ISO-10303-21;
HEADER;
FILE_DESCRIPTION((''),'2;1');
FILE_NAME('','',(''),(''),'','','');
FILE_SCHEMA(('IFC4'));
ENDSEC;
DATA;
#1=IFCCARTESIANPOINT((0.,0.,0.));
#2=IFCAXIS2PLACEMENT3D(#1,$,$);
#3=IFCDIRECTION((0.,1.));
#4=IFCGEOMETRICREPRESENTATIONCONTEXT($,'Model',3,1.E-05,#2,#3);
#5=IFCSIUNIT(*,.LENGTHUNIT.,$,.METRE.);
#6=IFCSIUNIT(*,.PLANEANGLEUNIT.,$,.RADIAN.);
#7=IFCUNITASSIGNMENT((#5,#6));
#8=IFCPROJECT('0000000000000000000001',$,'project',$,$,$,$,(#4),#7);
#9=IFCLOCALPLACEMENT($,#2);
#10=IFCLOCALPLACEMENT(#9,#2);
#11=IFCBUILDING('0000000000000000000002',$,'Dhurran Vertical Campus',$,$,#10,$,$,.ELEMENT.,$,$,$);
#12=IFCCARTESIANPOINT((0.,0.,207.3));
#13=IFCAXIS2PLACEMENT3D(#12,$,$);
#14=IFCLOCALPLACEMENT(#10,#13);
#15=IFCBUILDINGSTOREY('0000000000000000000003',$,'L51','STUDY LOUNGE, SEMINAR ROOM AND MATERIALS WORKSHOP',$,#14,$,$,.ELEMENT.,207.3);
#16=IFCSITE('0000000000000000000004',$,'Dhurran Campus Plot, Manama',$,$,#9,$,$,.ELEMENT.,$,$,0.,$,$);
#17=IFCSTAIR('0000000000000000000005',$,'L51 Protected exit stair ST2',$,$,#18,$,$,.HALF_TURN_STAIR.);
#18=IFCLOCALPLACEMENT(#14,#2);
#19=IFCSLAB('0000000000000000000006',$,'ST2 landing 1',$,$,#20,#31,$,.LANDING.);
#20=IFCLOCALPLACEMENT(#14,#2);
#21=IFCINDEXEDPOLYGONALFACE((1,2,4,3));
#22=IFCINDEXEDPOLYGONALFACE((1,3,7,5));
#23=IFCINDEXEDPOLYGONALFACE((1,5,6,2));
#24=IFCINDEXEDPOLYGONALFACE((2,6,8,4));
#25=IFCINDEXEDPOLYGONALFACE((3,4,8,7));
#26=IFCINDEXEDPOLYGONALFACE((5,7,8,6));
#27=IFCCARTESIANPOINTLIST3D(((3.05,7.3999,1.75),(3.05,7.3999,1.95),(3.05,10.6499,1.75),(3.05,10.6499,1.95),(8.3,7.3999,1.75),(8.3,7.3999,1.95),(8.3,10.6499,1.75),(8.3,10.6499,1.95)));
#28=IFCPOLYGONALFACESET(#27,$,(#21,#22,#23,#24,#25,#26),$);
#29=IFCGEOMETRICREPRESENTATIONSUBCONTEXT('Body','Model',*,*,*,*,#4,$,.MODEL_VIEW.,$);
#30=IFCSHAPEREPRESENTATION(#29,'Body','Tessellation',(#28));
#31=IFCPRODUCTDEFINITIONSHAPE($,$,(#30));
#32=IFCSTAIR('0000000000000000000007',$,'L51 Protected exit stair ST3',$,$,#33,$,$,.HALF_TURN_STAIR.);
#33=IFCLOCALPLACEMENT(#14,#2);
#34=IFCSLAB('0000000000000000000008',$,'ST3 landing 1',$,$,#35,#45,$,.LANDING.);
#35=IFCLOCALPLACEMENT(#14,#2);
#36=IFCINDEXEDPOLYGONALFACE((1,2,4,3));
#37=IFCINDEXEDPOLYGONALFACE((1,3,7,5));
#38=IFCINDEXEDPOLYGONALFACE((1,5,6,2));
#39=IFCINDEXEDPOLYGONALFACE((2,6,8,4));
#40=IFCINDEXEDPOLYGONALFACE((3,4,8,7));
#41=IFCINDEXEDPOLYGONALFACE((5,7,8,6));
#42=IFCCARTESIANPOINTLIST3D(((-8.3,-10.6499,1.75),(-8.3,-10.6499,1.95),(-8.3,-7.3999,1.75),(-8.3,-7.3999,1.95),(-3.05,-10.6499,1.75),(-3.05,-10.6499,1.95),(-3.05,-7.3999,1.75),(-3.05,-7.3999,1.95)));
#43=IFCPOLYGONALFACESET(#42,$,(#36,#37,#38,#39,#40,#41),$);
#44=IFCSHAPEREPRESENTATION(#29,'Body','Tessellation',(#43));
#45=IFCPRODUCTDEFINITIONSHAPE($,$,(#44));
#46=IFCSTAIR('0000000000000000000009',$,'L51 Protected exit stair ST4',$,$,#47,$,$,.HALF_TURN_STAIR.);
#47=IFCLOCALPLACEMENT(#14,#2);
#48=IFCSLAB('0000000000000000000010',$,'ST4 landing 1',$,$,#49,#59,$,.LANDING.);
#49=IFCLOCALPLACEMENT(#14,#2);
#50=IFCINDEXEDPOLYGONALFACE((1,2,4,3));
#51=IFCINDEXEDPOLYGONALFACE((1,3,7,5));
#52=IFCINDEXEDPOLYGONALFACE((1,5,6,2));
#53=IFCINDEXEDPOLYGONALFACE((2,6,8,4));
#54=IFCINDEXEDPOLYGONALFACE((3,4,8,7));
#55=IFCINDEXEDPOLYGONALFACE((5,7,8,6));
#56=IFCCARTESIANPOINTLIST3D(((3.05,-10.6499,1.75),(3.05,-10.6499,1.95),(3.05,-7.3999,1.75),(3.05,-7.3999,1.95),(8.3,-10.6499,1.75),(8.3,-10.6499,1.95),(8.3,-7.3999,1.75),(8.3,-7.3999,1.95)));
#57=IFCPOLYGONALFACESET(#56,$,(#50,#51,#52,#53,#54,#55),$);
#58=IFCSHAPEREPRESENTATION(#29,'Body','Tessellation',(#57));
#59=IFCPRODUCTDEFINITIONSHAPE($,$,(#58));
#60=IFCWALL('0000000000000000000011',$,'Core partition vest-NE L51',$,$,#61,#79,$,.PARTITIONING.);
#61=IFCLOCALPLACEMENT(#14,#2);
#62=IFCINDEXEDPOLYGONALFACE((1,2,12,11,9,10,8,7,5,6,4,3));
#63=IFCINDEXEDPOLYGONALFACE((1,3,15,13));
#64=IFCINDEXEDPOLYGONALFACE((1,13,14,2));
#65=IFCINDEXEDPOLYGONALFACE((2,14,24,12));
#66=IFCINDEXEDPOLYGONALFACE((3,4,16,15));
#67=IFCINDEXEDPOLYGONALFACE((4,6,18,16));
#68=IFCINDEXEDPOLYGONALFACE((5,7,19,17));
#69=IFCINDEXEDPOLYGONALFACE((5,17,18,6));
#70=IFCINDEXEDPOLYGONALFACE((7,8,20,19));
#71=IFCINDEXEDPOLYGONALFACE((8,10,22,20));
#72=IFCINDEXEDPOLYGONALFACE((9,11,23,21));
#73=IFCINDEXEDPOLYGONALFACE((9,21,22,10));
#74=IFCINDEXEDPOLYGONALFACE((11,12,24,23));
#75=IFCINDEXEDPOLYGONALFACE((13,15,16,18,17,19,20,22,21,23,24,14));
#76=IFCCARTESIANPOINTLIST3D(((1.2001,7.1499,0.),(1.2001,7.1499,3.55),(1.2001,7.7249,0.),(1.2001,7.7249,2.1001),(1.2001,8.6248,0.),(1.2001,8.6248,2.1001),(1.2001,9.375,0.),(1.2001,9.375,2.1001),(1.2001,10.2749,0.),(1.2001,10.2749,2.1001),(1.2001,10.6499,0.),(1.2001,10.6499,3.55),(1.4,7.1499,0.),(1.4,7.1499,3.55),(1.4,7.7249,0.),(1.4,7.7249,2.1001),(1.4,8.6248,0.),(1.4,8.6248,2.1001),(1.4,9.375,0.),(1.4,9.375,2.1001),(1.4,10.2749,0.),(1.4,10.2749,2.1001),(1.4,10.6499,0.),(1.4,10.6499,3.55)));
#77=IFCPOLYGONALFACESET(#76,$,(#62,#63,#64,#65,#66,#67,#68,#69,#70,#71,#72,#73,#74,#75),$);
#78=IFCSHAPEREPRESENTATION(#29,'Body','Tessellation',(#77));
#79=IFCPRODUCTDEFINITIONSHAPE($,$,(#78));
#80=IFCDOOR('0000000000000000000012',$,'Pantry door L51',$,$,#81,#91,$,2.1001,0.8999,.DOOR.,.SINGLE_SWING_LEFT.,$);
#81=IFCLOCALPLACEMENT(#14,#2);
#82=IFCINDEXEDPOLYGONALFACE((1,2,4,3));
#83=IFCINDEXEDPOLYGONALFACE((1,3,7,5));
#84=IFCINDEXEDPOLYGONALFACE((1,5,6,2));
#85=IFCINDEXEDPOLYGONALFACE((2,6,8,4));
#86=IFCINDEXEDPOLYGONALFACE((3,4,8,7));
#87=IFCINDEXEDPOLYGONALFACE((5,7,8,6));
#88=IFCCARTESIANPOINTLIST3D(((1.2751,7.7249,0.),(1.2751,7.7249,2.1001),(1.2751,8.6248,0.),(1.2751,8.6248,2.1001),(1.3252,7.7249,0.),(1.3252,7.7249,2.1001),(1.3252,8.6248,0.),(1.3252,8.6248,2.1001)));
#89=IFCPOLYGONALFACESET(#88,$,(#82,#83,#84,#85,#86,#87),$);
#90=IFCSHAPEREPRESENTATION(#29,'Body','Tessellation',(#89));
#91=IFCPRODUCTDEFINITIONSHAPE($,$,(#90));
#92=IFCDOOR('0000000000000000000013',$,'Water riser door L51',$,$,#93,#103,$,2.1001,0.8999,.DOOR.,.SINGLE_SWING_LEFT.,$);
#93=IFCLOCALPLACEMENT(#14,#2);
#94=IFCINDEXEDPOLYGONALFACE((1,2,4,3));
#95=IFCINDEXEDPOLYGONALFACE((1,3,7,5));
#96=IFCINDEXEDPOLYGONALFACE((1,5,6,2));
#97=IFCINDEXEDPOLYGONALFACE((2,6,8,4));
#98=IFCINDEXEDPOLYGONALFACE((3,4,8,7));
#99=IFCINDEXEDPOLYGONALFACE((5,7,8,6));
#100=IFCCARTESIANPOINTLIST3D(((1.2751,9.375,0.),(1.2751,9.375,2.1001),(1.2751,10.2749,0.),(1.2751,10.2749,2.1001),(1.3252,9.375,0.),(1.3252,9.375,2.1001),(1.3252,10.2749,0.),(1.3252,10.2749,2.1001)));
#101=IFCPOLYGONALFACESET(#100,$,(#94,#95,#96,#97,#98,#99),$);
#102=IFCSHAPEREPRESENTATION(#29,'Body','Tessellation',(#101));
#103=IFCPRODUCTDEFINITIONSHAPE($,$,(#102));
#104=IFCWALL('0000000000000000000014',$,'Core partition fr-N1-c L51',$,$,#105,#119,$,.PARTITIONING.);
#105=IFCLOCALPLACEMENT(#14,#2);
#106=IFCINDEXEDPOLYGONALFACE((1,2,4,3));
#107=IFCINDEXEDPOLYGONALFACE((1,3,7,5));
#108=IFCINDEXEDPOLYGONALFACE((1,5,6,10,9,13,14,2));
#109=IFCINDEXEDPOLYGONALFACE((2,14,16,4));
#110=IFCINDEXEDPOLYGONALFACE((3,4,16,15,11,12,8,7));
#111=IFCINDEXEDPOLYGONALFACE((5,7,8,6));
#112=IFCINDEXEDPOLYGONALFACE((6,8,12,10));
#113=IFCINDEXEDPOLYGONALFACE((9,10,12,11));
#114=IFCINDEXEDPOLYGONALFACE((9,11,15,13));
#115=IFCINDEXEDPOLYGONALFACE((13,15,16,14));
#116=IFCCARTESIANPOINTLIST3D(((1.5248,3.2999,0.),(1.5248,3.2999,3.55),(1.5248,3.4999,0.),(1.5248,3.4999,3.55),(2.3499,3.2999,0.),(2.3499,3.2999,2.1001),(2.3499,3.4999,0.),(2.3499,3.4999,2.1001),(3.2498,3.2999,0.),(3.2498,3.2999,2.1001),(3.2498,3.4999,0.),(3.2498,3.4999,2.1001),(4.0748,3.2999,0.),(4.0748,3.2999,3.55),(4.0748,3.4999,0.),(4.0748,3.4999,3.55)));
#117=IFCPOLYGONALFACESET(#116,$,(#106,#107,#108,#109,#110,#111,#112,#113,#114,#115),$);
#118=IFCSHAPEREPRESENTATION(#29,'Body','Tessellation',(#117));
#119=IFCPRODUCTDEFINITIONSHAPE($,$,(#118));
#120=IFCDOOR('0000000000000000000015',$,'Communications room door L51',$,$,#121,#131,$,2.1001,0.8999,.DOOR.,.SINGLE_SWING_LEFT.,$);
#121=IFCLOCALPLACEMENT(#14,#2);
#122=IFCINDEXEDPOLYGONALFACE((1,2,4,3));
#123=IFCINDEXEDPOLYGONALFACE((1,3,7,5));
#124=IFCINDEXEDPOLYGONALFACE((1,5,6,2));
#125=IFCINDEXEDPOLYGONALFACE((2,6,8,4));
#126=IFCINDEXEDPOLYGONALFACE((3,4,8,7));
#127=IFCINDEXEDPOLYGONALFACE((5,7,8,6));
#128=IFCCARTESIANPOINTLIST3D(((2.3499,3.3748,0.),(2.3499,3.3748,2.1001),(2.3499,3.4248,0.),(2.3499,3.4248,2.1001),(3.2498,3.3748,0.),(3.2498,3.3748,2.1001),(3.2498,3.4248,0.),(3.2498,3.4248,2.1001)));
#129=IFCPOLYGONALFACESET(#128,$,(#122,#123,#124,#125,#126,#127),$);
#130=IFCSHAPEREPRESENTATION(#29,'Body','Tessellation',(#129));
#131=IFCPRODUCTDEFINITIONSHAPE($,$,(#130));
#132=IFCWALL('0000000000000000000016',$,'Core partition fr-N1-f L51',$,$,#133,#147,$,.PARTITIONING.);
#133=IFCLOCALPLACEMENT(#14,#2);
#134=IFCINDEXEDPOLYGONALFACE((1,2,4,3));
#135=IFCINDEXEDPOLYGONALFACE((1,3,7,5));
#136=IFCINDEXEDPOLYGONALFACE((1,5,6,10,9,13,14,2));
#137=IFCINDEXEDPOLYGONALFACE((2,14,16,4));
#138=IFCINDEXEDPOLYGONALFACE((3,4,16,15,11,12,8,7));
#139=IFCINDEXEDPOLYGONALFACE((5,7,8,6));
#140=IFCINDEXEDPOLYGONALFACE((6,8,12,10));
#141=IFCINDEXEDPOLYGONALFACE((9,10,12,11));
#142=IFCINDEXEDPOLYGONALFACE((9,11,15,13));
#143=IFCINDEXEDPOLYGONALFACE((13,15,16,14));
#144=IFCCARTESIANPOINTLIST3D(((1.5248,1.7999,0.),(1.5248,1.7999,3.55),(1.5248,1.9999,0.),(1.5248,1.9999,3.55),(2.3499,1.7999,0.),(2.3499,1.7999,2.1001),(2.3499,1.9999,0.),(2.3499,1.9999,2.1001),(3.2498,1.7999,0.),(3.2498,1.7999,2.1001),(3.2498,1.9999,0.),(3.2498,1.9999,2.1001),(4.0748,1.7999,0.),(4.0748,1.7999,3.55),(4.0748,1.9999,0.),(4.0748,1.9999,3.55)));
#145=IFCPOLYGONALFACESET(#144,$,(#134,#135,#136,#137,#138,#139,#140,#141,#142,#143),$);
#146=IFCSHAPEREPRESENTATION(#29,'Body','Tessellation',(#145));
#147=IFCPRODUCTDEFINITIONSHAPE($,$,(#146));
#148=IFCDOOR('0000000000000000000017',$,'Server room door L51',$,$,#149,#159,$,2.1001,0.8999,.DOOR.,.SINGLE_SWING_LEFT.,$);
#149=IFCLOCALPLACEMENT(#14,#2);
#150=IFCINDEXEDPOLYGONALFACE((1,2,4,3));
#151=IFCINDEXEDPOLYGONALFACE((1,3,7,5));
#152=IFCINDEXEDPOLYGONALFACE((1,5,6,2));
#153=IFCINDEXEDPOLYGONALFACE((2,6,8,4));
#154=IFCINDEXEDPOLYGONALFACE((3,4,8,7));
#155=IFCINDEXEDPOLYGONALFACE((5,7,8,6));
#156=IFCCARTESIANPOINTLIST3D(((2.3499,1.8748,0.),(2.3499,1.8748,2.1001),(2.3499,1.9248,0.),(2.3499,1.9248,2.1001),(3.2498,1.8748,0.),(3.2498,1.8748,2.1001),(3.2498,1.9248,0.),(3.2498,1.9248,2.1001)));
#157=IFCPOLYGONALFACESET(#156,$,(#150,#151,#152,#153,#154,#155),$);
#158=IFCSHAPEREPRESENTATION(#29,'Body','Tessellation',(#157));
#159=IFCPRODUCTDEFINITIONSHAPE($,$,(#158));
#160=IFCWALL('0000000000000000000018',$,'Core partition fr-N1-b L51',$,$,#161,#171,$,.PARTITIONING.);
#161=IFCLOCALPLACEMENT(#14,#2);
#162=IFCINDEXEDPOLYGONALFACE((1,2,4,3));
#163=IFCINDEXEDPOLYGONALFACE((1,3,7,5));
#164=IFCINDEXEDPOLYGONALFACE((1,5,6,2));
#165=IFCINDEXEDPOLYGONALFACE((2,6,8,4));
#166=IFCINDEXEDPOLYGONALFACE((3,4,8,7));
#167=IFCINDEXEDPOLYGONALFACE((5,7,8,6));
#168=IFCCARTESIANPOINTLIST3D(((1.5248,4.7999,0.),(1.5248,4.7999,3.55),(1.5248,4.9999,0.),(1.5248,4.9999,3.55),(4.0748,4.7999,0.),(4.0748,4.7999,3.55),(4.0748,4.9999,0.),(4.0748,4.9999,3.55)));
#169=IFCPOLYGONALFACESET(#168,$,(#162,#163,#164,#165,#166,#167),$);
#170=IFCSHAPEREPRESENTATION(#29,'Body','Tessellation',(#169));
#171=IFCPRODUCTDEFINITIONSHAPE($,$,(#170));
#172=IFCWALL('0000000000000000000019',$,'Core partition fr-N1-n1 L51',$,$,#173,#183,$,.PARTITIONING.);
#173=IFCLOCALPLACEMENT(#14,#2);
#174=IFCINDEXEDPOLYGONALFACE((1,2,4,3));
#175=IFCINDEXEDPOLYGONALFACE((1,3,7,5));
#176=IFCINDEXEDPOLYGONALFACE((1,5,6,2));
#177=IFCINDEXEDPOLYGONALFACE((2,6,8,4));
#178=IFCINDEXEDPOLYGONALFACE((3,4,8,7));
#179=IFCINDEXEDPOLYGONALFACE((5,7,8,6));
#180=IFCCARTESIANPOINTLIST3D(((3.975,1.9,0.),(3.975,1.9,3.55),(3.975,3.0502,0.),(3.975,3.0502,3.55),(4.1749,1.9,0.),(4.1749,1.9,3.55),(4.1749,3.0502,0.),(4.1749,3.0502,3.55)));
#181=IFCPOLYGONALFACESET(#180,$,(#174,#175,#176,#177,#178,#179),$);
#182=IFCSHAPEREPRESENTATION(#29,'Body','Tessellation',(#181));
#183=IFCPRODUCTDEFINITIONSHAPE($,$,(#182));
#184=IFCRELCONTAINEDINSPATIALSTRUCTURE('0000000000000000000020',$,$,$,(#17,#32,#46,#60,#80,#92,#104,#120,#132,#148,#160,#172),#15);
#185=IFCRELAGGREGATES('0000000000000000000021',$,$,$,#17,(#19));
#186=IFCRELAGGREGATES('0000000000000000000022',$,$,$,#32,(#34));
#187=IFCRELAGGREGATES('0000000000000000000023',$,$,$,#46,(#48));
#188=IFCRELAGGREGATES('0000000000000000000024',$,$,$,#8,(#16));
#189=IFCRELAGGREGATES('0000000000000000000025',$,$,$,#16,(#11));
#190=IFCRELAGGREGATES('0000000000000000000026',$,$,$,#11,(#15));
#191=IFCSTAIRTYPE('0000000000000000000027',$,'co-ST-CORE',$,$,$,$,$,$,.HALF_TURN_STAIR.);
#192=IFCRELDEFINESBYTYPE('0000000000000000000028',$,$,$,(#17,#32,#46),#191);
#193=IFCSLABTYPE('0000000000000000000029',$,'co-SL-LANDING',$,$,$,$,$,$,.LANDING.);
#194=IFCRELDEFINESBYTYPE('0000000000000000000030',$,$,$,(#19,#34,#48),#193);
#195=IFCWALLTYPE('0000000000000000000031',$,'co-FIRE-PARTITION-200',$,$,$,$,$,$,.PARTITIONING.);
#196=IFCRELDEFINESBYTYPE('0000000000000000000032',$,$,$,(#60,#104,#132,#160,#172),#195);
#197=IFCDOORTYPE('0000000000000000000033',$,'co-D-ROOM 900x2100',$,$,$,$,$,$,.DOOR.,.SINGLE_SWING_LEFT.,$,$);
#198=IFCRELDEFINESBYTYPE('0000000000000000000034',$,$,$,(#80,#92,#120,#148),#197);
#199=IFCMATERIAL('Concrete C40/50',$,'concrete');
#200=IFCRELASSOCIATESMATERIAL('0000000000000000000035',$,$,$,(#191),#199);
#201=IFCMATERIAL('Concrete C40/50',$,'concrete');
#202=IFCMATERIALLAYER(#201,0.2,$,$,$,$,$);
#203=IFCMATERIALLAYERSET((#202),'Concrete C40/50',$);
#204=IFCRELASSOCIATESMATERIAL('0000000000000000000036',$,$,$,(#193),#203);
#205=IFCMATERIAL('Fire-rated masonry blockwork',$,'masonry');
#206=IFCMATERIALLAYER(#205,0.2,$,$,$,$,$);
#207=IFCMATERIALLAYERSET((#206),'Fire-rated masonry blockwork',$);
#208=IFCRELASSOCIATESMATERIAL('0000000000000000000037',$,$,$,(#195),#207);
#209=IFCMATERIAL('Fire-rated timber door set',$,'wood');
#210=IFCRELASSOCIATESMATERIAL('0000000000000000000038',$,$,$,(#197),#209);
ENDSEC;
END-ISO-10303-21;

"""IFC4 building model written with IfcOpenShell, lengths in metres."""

from ifc_helpers import new_model, si_unit, direction, frame, frame_2d, origin, place, context, subcontext, project, spatial, polyline, rectangle, outline, extrude, material, layer, layer_set, type_object, element, fill, aggregate, save


model = new_model("IFC4")

# Units and contexts
model_context = context("Model", 3, precision=1e-05, world=origin(), true_north=direction((0.0, 1.0)))
body_context = subcontext(model_context, "Body", "Model", "MODEL_VIEW")
ifc_project = project(units=[si_unit("LENGTHUNIT", "METRE"), si_unit("PLANEANGLEUNIT", "RADIAN")], contexts=[model_context])

# Site, building, storey
site_placement = place(None, origin())
site = spatial("IfcSite", under=ifc_project, at=site_placement, Name="Dhurran Campus Plot, Manama", CompositionType="ELEMENT", RefElevation=0.0)
building_placement = place(site_placement, origin())
building = spatial("IfcBuilding", under=site, at=building_placement, Name="Dhurran Vertical Campus", CompositionType="ELEMENT")
storey_placement = place(building_placement, frame((0.0, 0.0, 207.3)))
storey = spatial("IfcBuildingStorey", under=building, at=storey_placement, Name="L51", Description="STUDY LOUNGE, SEMINAR ROOM AND MATERIALS WORKSHOP", CompositionType="ELEMENT", Elevation=207.3)

# Stairs, slabs
ifc_material_1 = material(Name="Concrete C40/50", Category="concrete")
stair_type = type_object("IfcStairType", Name="co-ST-CORE", PredefinedType="HALF_TURN_STAIR", material=ifc_material_1)
stair_1_placement = place(storey_placement, origin())
stair_1 = element("IfcStair", 1, at=stair_1_placement, inside=storey, type_object=stair_type, Name="L51 Protected exit stair ST2", PredefinedType="HALF_TURN_STAIR")
ifc_material_2 = material(Name="Concrete C40/50", Category="concrete")
ifc_layer_1 = layer(ifc_material_2, 0.2)
ifc_layer_set_1 = layer_set([ifc_layer_1], Name="Concrete C40/50")
slab_type = type_object("IfcSlabType", Name="co-SL-LANDING", PredefinedType="LANDING", material=ifc_layer_set_1)
slab_1_placement = place(storey_placement, frame((0.0, 0.0, 1.75)))
slab_1 = element("IfcSlab", 2, at=slab_1_placement, type_object=slab_type, Name="ST2 landing 1", PredefinedType="LANDING", context=body_context, shape_type="SweptSolid", body=[
    extrude(outline(polyline([(8.3, 10.6499), (3.05, 10.6499), (3.05, 7.3999), (8.3, 7.3999), (8.3, 10.6499)])), origin(), (0.0, 0.0, 1.0), 0.2),
])
aggregate(stair_1, [slab_1])
stair_2_placement = place(storey_placement, origin())
stair_2 = element("IfcStair", 3, at=stair_2_placement, inside=storey, type_object=stair_type, Name="L51 Protected exit stair ST3", PredefinedType="HALF_TURN_STAIR")
slab_2_placement = place(storey_placement, frame((0.0, 0.0, 1.75)))
slab_2 = element("IfcSlab", 4, at=slab_2_placement, type_object=slab_type, Name="ST3 landing 1", PredefinedType="LANDING", context=body_context, shape_type="SweptSolid", body=[
    extrude(outline(polyline([(-8.3, -10.6499), (-3.05, -10.6499), (-3.05, -7.3999), (-8.3, -7.3999), (-8.3, -10.6499)])), origin(), (0.0, 0.0, 1.0), 0.2),
])
aggregate(stair_2, [slab_2])
stair_3_placement = place(storey_placement, origin())
stair_3 = element("IfcStair", 5, at=stair_3_placement, inside=storey, type_object=stair_type, Name="L51 Protected exit stair ST4", PredefinedType="HALF_TURN_STAIR")
slab_3_placement = place(storey_placement, frame((0.0, 0.0, 1.75)))
slab_3 = element("IfcSlab", 6, at=slab_3_placement, type_object=slab_type, Name="ST4 landing 1", PredefinedType="LANDING", context=body_context, shape_type="SweptSolid", body=[
    extrude(outline(polyline([(8.3, -7.3999), (3.05, -7.3999), (3.05, -10.6499), (8.3, -10.6499), (8.3, -7.3999)])), origin(), (0.0, 0.0, 1.0), 0.2),
])
aggregate(stair_3, [slab_3])

# Wall, openings, doors
ifc_material_3 = material(Name="Fire-rated masonry blockwork", Category="masonry")
ifc_layer_2 = layer(ifc_material_3, 0.2)
ifc_layer_set_2 = layer_set([ifc_layer_2], Name="Fire-rated masonry blockwork")
wall_type_1 = type_object("IfcWallType", Name="co-FIRE-PARTITION-200", PredefinedType="PARTITIONING", material=ifc_layer_set_2)
wall_1_placement = place(storey_placement, frame((1.3, 7.1499, 0.0), z_axis=(0.0, 0.0, 1.0), x_axis=(0.0, 1.0, 0.0)))
wall_1 = element("IfcWall", 7, at=wall_1_placement, inside=storey, type_object=wall_type_1, Name="Core partition vest-NE L51", PredefinedType="PARTITIONING", context=body_context, shape_type="SweptSolid", body=[
    extrude(rectangle(XDim=3.5, YDim=0.2, at=frame_2d((1.75, 0.0))), origin(), (0.0, 0.0, 1.0), 3.55),
])
opening_1_placement = place(wall_1_placement, frame((0.575, 0.0, 0.0)))
opening_1 = element("IfcOpeningElement", 8, at=opening_1_placement, cuts=wall_1, PredefinedType="OPENING", context=body_context, shape_type="SweptSolid", body=[
    extrude(rectangle(XDim=0.8999, YDim=2.1001, at=frame_2d((0.45, 1.05))), frame((0.0, 0.1099, 0.0), z_axis=(0.0, -1.0, 0.0), x_axis=(1.0, 0.0, 0.0)), (0.0, 0.0, 1.0), 0.22),
])
opening_2_placement = place(wall_1_placement, frame((2.2251, 0.0, 0.0)))
opening_2 = element("IfcOpeningElement", 9, at=opening_2_placement, cuts=wall_1, PredefinedType="OPENING", context=body_context, shape_type="SweptSolid", body=[
    extrude(rectangle(XDim=0.8999, YDim=2.1001, at=frame_2d((0.45, 1.05))), frame((0.0, 0.1099, 0.0), z_axis=(0.0, -1.0, 0.0), x_axis=(1.0, 0.0, 0.0)), (0.0, 0.0, 1.0), 0.22),
])
ifc_material_4 = material(Name="Fire-rated timber door set", Category="wood")
door_type_1 = type_object("IfcDoorType", Name="co-D-ROOM 900x2100", OperationType="SINGLE_SWING_LEFT", PredefinedType="DOOR", material=ifc_material_4)
door_1_placement = place(opening_1_placement, origin())
door_1 = element("IfcDoor", 10, at=door_1_placement, inside=storey, type_object=door_type_1, Name="Pantry door L51", OperationType="SINGLE_SWING_LEFT", OverallHeight=2.1001, OverallWidth=0.8999, PredefinedType="DOOR", context=body_context, shape_type="SweptSolid", body=[
    extrude(rectangle(XDim=0.8999, YDim=2.1001, at=frame_2d((0.45, 1.05))), frame((0.0, 0.0249, 0.0), z_axis=(0.0, -1.0, 0.0), x_axis=(1.0, 0.0, 0.0)), (0.0, 0.0, 1.0), 0.05),
])
fill(opening_1, door_1)
door_2_placement = place(opening_2_placement, origin())
door_2 = element("IfcDoor", 11, at=door_2_placement, inside=storey, type_object=door_type_1, Name="Water riser door L51", OperationType="SINGLE_SWING_LEFT", OverallHeight=2.1001, OverallWidth=0.8999, PredefinedType="DOOR", context=body_context, shape_type="SweptSolid", body=[
    extrude(rectangle(XDim=0.8999, YDim=2.1001, at=frame_2d((0.45, 1.05))), frame((0.0, 0.0249, 0.0), z_axis=(0.0, -1.0, 0.0), x_axis=(1.0, 0.0, 0.0)), (0.0, 0.0, 1.0), 0.05),
])
fill(opening_2, door_2)

# Walls, openings, doors
wall_2_placement = place(storey_placement, frame((1.5249, 3.3999, 0.0), z_axis=(0.0, 0.0, 1.0), x_axis=(1.0, 0.0, 0.0)))
wall_2 = element("IfcWall", 12, at=wall_2_placement, inside=storey, type_object=wall_type_1, Name="Core partition fr-N1-c L51", PredefinedType="PARTITIONING", context=body_context, shape_type="SweptSolid", body=[
    extrude(rectangle(XDim=2.55, YDim=0.2, at=frame_2d((1.2749, 0.0))), origin(), (0.0, 0.0, 1.0), 3.55),
])
opening_3_placement = place(wall_2_placement, frame((0.825, 0.0, 0.0)))
opening_3 = element("IfcOpeningElement", 13, at=opening_3_placement, cuts=wall_2, PredefinedType="OPENING", context=body_context, shape_type="SweptSolid", body=[
    extrude(rectangle(XDim=0.8999, YDim=2.1001, at=frame_2d((0.45, 1.05))), frame((0.0, 0.1099, 0.0), z_axis=(0.0, -1.0, 0.0), x_axis=(1.0, 0.0, 0.0)), (0.0, 0.0, 1.0), 0.22),
])
door_3_placement = place(opening_3_placement, origin())
door_3 = element("IfcDoor", 14, at=door_3_placement, inside=storey, type_object=door_type_1, Name="Communications room door L51", OperationType="SINGLE_SWING_LEFT", OverallHeight=2.1001, OverallWidth=0.8999, PredefinedType="DOOR", context=body_context, shape_type="SweptSolid", body=[
    extrude(rectangle(XDim=0.8999, YDim=2.1001, at=frame_2d((0.45, 1.05))), frame((0.0, 0.0249, 0.0), z_axis=(0.0, -1.0, 0.0), x_axis=(1.0, 0.0, 0.0)), (0.0, 0.0, 1.0), 0.05),
])
fill(opening_3, door_3)
wall_3_placement = place(storey_placement, frame((1.5249, 1.8999, 0.0), z_axis=(0.0, 0.0, 1.0), x_axis=(1.0, 0.0, 0.0)))
wall_3 = element("IfcWall", 15, at=wall_3_placement, inside=storey, type_object=wall_type_1, Name="Core partition fr-N1-f L51", PredefinedType="PARTITIONING", context=body_context, shape_type="SweptSolid", body=[
    extrude(rectangle(XDim=2.55, YDim=0.2, at=frame_2d((1.2749, 0.0))), origin(), (0.0, 0.0, 1.0), 3.55),
])
opening_4_placement = place(wall_3_placement, frame((0.825, 0.0, 0.0)))
opening_4 = element("IfcOpeningElement", 16, at=opening_4_placement, cuts=wall_3, PredefinedType="OPENING", context=body_context, shape_type="SweptSolid", body=[
    extrude(rectangle(XDim=0.8999, YDim=2.1001, at=frame_2d((0.45, 1.05))), frame((0.0, 0.1099, 0.0), z_axis=(0.0, -1.0, 0.0), x_axis=(1.0, 0.0, 0.0)), (0.0, 0.0, 1.0), 0.22),
])
door_4_placement = place(opening_4_placement, origin())
door_4 = element("IfcDoor", 17, at=door_4_placement, inside=storey, type_object=door_type_1, Name="Server room door L51", OperationType="SINGLE_SWING_LEFT", OverallHeight=2.1001, OverallWidth=0.8999, PredefinedType="DOOR", context=body_context, shape_type="SweptSolid", body=[
    extrude(rectangle(XDim=0.8999, YDim=2.1001, at=frame_2d((0.45, 1.05))), frame((0.0, 0.0249, 0.0), z_axis=(0.0, -1.0, 0.0), x_axis=(1.0, 0.0, 0.0)), (0.0, 0.0, 1.0), 0.05),
])
fill(opening_4, door_4)

# Walls
wall_4_placement = place(storey_placement, frame((1.5249, 4.8999, 0.0), z_axis=(0.0, 0.0, 1.0), x_axis=(1.0, 0.0, 0.0)))
element("IfcWall", 18, at=wall_4_placement, inside=storey, type_object=wall_type_1, Name="Core partition fr-N1-b L51", PredefinedType="PARTITIONING", context=body_context, shape_type="SweptSolid", body=[
    extrude(rectangle(XDim=2.55, YDim=0.2, at=frame_2d((1.2749, 0.0))), origin(), (0.0, 0.0, 1.0), 3.55),
])
wall_5_placement = place(storey_placement, frame((4.075, 1.8999, 0.0), z_axis=(0.0, 0.0, 1.0), x_axis=(0.0, 1.0, 0.0)))
element("IfcWall", 19, at=wall_5_placement, inside=storey, type_object=wall_type_1, Name="Core partition fr-N1-n1 L51", PredefinedType="PARTITIONING", context=body_context, shape_type="SweptSolid", body=[
    extrude(rectangle(XDim=1.1501, YDim=0.2, at=frame_2d((0.5752, 0.0))), origin(), (0.0, 0.0, 1.0), 3.55),
])

save(model, "model.ifc")
